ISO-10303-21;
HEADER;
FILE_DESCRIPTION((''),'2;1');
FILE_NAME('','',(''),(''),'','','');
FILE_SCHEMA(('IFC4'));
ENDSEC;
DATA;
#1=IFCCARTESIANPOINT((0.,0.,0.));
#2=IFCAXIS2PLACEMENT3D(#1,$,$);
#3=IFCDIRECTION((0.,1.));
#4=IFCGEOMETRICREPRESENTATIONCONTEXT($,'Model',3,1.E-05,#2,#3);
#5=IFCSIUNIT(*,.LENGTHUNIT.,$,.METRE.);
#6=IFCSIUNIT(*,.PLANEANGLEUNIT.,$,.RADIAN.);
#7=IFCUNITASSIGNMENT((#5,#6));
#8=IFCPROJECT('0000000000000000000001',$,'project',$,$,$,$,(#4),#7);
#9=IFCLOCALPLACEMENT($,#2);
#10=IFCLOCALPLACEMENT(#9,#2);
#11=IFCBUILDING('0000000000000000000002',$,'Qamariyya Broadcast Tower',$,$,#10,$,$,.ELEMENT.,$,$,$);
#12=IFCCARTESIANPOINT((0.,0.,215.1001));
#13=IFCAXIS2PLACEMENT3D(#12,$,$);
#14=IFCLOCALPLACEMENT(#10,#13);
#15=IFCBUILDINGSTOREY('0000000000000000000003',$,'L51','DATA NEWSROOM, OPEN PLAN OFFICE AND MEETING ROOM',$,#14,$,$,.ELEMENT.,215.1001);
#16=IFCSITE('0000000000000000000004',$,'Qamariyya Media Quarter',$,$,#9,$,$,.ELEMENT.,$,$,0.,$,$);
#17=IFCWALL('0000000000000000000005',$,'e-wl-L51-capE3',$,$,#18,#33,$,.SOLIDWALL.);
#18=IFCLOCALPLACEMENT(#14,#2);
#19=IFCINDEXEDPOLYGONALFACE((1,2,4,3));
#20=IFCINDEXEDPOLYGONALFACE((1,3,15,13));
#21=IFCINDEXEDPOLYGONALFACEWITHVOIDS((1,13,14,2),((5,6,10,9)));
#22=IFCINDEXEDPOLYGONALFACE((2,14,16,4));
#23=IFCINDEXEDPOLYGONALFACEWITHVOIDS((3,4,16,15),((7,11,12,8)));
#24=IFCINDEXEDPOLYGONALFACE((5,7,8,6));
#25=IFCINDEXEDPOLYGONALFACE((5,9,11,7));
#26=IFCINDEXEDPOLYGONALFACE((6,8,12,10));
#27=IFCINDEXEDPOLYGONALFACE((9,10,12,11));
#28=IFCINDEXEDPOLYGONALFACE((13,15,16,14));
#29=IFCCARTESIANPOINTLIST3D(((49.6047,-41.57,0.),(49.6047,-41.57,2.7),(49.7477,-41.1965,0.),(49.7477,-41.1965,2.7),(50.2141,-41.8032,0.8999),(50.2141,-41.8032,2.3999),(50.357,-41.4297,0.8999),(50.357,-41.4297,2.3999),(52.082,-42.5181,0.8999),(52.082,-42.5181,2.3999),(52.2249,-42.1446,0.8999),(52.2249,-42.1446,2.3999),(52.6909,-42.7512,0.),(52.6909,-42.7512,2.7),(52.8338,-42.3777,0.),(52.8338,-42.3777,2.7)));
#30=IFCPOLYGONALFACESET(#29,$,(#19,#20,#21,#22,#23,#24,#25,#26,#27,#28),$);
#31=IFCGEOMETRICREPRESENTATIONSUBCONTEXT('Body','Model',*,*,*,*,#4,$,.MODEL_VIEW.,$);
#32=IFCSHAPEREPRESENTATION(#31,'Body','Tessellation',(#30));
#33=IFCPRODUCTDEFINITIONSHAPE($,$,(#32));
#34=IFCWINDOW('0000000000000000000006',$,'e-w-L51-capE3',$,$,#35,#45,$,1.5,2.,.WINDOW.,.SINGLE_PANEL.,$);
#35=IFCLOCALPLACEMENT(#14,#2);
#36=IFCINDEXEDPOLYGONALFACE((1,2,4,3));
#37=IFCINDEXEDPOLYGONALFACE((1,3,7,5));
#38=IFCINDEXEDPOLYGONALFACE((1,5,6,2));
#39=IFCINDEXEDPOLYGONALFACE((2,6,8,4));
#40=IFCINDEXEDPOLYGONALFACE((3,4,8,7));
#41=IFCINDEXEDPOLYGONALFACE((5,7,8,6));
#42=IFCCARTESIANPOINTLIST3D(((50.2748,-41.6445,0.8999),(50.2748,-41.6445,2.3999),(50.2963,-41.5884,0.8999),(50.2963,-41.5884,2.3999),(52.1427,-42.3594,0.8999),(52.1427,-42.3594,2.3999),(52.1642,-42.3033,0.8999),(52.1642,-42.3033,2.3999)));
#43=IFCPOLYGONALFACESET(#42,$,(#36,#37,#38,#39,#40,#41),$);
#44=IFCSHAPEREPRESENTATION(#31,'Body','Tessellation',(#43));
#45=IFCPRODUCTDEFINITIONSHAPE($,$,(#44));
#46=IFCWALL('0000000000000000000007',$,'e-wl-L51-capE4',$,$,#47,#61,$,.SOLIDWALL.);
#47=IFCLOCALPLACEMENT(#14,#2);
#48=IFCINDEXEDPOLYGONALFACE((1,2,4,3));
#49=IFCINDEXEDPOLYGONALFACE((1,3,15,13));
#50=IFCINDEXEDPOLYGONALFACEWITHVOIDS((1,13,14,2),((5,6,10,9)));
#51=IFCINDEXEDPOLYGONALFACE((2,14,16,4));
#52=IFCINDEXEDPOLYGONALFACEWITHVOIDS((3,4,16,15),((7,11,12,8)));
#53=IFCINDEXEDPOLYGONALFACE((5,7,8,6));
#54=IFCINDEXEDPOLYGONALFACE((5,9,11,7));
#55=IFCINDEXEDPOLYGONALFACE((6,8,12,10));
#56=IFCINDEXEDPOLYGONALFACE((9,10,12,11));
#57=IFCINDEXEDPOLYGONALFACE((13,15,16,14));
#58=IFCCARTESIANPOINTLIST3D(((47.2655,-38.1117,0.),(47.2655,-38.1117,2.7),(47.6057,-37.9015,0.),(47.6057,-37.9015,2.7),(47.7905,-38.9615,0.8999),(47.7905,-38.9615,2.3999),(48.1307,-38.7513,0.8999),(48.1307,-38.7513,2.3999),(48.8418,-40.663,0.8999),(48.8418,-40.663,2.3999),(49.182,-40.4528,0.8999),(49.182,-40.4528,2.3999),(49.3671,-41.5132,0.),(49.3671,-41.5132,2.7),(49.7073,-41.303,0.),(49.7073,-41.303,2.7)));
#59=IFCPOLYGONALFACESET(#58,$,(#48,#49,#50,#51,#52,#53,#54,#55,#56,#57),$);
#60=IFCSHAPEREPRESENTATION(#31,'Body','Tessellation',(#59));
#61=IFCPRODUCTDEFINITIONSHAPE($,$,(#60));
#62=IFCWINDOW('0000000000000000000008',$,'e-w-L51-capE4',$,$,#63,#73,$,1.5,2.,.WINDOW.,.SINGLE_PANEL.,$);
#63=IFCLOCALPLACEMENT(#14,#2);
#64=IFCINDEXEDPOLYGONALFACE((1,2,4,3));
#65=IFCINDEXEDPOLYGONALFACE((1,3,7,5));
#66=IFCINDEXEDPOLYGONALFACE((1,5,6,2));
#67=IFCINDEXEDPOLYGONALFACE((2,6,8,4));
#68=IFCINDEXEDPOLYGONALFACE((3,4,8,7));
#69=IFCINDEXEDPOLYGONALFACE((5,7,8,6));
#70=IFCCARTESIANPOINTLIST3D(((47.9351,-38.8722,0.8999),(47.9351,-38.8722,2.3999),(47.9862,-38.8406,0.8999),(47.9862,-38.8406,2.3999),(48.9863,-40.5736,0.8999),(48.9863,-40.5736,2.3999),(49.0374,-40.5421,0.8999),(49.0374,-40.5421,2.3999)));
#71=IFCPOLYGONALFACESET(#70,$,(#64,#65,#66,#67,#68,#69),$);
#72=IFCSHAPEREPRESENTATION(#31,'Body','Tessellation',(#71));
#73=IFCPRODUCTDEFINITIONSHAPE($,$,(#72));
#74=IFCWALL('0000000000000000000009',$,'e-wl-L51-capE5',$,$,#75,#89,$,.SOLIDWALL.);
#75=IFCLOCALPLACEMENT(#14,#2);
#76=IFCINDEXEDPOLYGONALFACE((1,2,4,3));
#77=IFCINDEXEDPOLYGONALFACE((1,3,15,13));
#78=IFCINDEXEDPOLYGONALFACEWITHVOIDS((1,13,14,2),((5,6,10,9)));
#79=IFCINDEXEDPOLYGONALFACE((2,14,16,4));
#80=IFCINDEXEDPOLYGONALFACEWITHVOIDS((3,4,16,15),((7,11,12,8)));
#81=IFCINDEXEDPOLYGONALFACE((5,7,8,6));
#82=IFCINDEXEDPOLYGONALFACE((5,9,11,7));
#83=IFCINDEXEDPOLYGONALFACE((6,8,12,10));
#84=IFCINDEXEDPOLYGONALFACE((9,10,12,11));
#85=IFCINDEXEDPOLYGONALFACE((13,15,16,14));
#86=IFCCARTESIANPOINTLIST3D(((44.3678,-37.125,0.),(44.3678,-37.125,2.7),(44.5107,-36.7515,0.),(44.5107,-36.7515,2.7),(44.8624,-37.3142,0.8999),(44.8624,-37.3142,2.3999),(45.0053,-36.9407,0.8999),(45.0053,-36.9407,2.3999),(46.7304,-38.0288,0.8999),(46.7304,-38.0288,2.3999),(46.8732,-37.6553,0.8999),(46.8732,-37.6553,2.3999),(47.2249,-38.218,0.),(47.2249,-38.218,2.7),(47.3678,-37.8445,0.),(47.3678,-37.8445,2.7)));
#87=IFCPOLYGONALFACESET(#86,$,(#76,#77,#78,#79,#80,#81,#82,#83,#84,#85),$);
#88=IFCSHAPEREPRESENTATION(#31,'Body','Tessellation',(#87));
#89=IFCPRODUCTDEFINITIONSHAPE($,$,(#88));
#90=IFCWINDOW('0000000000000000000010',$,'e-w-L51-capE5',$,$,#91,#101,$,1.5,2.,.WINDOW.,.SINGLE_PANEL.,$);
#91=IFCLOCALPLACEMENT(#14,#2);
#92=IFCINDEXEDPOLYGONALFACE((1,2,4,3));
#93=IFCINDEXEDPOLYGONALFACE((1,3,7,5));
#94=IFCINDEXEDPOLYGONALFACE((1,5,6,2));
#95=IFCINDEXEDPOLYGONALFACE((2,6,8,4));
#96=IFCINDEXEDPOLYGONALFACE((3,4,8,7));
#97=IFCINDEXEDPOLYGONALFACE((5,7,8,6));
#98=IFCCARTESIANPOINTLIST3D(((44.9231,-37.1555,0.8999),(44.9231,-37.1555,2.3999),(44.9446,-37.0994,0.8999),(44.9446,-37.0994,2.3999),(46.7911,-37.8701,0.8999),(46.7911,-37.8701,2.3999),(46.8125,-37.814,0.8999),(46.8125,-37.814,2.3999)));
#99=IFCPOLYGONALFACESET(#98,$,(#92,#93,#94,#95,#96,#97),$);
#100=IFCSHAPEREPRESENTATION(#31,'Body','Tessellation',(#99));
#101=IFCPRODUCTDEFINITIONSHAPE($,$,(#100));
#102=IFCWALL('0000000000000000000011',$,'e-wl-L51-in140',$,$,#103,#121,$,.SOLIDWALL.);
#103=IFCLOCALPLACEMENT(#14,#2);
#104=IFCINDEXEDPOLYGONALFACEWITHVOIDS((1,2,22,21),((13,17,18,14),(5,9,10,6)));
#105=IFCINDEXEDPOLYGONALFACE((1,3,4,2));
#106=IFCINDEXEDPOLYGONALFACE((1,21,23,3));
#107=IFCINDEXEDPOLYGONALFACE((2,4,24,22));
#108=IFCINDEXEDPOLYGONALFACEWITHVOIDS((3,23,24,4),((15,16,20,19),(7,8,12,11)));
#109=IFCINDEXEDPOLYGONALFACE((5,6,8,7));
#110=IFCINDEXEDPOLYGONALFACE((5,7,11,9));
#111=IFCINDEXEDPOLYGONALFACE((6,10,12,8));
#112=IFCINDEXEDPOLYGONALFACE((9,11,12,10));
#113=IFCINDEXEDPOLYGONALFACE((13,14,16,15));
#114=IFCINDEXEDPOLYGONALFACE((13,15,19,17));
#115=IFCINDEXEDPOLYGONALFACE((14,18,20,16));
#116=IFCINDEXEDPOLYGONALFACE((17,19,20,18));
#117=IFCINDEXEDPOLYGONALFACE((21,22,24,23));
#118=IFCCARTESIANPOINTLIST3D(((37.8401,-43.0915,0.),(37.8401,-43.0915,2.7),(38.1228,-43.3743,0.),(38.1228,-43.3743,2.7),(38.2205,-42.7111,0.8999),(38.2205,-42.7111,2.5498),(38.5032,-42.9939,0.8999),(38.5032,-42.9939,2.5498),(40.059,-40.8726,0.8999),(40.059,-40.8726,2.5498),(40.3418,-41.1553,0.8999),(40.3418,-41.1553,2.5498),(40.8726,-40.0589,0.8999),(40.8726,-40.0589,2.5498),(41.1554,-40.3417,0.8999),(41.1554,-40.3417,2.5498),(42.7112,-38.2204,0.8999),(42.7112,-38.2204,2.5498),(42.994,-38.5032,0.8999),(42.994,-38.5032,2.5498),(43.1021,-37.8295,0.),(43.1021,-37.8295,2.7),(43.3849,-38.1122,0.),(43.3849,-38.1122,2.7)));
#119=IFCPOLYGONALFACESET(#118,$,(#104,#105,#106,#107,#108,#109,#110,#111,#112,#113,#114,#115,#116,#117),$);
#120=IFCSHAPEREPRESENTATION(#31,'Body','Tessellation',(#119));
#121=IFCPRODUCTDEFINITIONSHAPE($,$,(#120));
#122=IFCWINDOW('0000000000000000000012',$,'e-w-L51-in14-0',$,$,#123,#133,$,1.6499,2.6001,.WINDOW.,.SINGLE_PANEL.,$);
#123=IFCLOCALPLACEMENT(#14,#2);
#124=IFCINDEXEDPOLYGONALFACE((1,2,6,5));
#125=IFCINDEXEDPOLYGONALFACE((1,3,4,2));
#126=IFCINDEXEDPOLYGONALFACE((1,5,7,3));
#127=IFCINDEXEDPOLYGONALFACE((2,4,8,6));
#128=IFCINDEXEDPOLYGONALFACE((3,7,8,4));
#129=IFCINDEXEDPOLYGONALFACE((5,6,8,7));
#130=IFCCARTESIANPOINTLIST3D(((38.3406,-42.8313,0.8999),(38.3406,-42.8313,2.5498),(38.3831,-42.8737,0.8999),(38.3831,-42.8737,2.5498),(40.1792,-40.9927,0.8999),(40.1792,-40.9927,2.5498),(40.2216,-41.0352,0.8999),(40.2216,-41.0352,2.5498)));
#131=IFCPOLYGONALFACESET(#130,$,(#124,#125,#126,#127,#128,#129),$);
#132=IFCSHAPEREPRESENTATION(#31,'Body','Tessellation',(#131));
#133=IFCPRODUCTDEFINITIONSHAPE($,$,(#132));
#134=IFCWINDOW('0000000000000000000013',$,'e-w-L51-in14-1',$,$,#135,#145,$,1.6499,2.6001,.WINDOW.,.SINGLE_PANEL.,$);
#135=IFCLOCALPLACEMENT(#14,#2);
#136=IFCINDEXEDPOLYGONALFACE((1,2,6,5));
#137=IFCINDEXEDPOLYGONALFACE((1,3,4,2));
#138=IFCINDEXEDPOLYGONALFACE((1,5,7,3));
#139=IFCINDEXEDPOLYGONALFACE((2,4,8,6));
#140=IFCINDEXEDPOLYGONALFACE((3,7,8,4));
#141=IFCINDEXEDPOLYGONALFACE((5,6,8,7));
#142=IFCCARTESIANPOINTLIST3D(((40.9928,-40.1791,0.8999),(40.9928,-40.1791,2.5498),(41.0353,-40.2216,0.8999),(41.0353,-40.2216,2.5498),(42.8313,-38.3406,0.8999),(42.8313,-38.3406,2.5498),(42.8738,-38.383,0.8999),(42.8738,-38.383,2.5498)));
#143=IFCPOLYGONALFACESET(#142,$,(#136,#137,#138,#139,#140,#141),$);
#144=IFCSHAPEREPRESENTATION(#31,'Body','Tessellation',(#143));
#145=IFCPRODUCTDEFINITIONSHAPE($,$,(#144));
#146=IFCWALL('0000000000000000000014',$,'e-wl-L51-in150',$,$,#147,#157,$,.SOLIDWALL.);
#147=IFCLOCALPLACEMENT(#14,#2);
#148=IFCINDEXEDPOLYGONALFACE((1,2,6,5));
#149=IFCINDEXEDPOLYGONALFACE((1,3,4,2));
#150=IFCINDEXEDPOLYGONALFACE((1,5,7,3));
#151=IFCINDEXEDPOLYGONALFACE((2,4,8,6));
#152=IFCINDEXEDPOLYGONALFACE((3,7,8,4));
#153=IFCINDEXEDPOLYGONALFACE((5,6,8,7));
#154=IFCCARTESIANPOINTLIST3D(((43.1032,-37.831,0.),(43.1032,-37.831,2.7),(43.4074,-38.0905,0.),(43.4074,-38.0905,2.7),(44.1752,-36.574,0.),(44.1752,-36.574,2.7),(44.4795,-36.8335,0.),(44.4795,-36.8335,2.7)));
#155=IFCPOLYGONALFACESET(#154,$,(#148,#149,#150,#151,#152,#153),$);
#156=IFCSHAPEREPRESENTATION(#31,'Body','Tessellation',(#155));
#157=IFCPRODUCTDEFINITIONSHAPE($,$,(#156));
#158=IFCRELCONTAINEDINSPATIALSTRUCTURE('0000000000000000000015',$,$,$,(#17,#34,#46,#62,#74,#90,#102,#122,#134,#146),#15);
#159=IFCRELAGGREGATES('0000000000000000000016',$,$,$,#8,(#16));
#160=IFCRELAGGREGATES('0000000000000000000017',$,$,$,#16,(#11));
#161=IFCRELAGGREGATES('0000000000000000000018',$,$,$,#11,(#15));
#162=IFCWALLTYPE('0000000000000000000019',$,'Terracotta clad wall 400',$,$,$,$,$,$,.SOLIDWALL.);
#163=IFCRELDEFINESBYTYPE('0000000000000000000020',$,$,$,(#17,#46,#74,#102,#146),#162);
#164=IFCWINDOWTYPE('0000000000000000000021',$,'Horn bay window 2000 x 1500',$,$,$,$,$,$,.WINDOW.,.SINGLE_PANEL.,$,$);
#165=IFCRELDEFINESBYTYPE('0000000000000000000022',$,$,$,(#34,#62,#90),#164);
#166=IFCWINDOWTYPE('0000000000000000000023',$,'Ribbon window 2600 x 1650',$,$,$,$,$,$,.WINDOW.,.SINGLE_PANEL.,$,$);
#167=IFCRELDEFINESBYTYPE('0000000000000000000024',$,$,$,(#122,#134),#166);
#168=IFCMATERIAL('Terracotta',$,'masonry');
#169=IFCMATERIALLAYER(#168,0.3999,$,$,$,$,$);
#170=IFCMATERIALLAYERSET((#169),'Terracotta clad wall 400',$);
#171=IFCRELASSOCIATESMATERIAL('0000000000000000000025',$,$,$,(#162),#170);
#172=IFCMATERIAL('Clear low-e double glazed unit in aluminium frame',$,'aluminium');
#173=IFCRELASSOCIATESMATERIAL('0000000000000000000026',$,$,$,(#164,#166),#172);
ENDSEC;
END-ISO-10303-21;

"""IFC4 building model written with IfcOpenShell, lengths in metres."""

from ifc_helpers import new_model, si_unit, direction, frame, frame_2d, origin, place, context, subcontext, project, spatial, rectangle, extrude, material, layer, layer_set, type_object, element, fill, save


model = new_model("IFC4")

# Units and contexts
model_context = context("Model", 3, precision=1e-05, world=origin(), true_north=direction((0.0, 1.0)))
body_context = subcontext(model_context, "Body", "Model", "MODEL_VIEW")
ifc_project = project(units=[si_unit("LENGTHUNIT", "METRE"), si_unit("PLANEANGLEUNIT", "RADIAN")], contexts=[model_context])

# Site, building, storey
site_placement = place(None, origin())
site = spatial("IfcSite", under=ifc_project, at=site_placement, Name="Qamariyya Media Quarter", CompositionType="ELEMENT", RefElevation=0.0)
building_placement = place(site_placement, origin())
building = spatial("IfcBuilding", under=site, at=building_placement, Name="Qamariyya Broadcast Tower", CompositionType="ELEMENT")
storey_placement = place(building_placement, frame((0.0, 0.0, 215.1001)))
storey = spatial("IfcBuildingStorey", under=building, at=storey_placement, Name="L51", Description="DATA NEWSROOM, OPEN PLAN OFFICE AND MEETING ROOM", CompositionType="ELEMENT", Elevation=215.1001)

# Walls, openings, windows
ifc_material_1 = material(Name="Terracotta", Category="masonry")
ifc_layer = layer(ifc_material_1, 0.3999)
ifc_layer_set = layer_set([ifc_layer], Name="Terracotta clad wall 400")
wall_type = type_object("IfcWallType", Name="Terracotta clad wall 400", PredefinedType="SOLIDWALL", material=ifc_layer_set)
ifc_material_2 = material(Name="Clear low-e double glazed unit in aluminium frame", Category="aluminium")
window_type_1 = type_object("IfcWindowType", Name="Horn bay window 2000 x 1500", PartitioningType="SINGLE_PANEL", PredefinedType="WINDOW", material=ifc_material_2)
wall_1_placement = place(storey_placement, frame((52.7625, -42.5645, 0.0), z_axis=(0.0, 0.0, 1.0), x_axis=(-0.933937, 0.357439, 0.0)))
wall_1 = element("IfcWall", 1, at=wall_1_placement, inside=storey, type_object=wall_type, Name="e-wl-L51-capE3", PredefinedType="SOLIDWALL", context=body_context, shape_type="SweptSolid", body=[
    extrude(rectangle(XDim=3.3044, YDim=0.3999, at=frame_2d((1.6523, 0.0))), origin(), (0.0, 0.0, 1.0), 2.7),
])
opening_1_placement = place(wall_1_placement, frame((0.6521, 0.0, 0.8999)))
opening_1 = element("IfcOpeningElement", 2, at=opening_1_placement, cuts=wall_1, PredefinedType="OPENING", context=body_context, shape_type="SweptSolid", body=[
    extrude(rectangle(XDim=2.0, YDim=1.5, at=frame_2d((1.0, 0.75))), frame((0.0, 0.21, 0.0), z_axis=(0.0, -1.0, 0.0), x_axis=(1.0, 0.0, 0.0)), (0.0, 0.0, 1.0), 0.4199),
])
window_1_placement = place(opening_1_placement, origin())
window_1 = element("IfcWindow", 3, at=window_1_placement, inside=storey, type_object=window_type_1, Name="e-w-L51-capE3", OverallHeight=1.5, OverallWidth=2.0, PartitioningType="SINGLE_PANEL", PredefinedType="WINDOW", context=body_context, shape_type="SweptSolid", body=[
    extrude(rectangle(XDim=2.0, YDim=1.5, at=frame_2d((1.0, 0.75))), frame((0.0, 0.03, 0.0), z_axis=(0.0, -1.0, 0.0), x_axis=(1.0, 0.0, 0.0)), (0.0, 0.0, 1.0), 0.0601),
])
fill(opening_1, window_1)
wall_2_placement = place(storey_placement, frame((49.5371, -41.408, 0.0), z_axis=(0.0, 0.0, 1.0), x_axis=(-0.525623, 0.850718, 0.0)))
wall_2 = element("IfcWall", 4, at=wall_2_placement, inside=storey, type_object=wall_type, Name="e-wl-L51-capE4", PredefinedType="SOLIDWALL", context=body_context, shape_type="SweptSolid", body=[
    extrude(rectangle(XDim=3.9983, YDim=0.3999, at=frame_2d((1.999, 0.0))), origin(), (0.0, 0.0, 1.0), 2.7),
])
opening_2_placement = place(wall_2_placement, frame((0.9993, 0.0, 0.8999)))
opening_2 = element("IfcOpeningElement", 5, at=opening_2_placement, cuts=wall_2, PredefinedType="OPENING", context=body_context, shape_type="SweptSolid", body=[
    extrude(rectangle(XDim=2.0, YDim=1.5, at=frame_2d((1.0, 0.75))), frame((0.0, 0.21, 0.0), z_axis=(0.0, -1.0, 0.0), x_axis=(1.0, 0.0, 0.0)), (0.0, 0.0, 1.0), 0.4199),
])
window_2_placement = place(opening_2_placement, origin())
window_2 = element("IfcWindow", 6, at=window_2_placement, inside=storey, type_object=window_type_1, Name="e-w-L51-capE4", OverallHeight=1.5, OverallWidth=2.0, PartitioningType="SINGLE_PANEL", PredefinedType="WINDOW", context=body_context, shape_type="SweptSolid", body=[
    extrude(rectangle(XDim=2.0, YDim=1.5, at=frame_2d((1.0, 0.75))), frame((0.0, 0.03, 0.0), z_axis=(0.0, -1.0, 0.0), x_axis=(1.0, 0.0, 0.0)), (0.0, 0.0, 1.0), 0.0601),
])
fill(opening_2, window_2)
wall_3_placement = place(storey_placement, frame((47.2964, -38.0312, 0.0), z_axis=(0.0, 0.0, 1.0), x_axis=(-0.93399, 0.357299, 0.0)))
wall_3 = element("IfcWall", 7, at=wall_3_placement, inside=storey, type_object=wall_type, Name="e-wl-L51-capE5", PredefinedType="SOLIDWALL", context=body_context, shape_type="SweptSolid", body=[
    extrude(rectangle(XDim=3.0591, YDim=0.3999, at=frame_2d((1.5295, 0.0))), origin(), (0.0, 0.0, 1.0), 2.7),
])
opening_3_placement = place(wall_3_placement, frame((0.5295, 0.0, 0.8999)))
opening_3 = element("IfcOpeningElement", 8, at=opening_3_placement, cuts=wall_3, PredefinedType="OPENING", context=body_context, shape_type="SweptSolid", body=[
    extrude(rectangle(XDim=2.0, YDim=1.5, at=frame_2d((1.0, 0.75))), frame((0.0, 0.21, 0.0), z_axis=(0.0, -1.0, 0.0), x_axis=(1.0, 0.0, 0.0)), (0.0, 0.0, 1.0), 0.4199),
])
window_3_placement = place(opening_3_placement, origin())
window_3 = element("IfcWindow", 9, at=window_3_placement, inside=storey, type_object=window_type_1, Name="e-w-L51-capE5", OverallHeight=1.5, OverallWidth=2.0, PartitioningType="SINGLE_PANEL", PredefinedType="WINDOW", context=body_context, shape_type="SweptSolid", body=[
    extrude(rectangle(XDim=2.0, YDim=1.5, at=frame_2d((1.0, 0.75))), frame((0.0, 0.03, 0.0), z_axis=(0.0, -1.0, 0.0), x_axis=(1.0, 0.0, 0.0)), (0.0, 0.0, 1.0), 0.0601),
])
fill(opening_3, window_3)

# Wall, openings, windows
wall_4_placement = place(storey_placement, frame((43.2434, -37.9709, 0.0), z_axis=(0.0, 0.0, 1.0), x_axis=(-0.707107, -0.707107, 0.0)))
wall_4 = element("IfcWall", 10, at=wall_4_placement, inside=storey, type_object=wall_type, Name="e-wl-L51-in140", PredefinedType="SOLIDWALL", context=body_context, shape_type="SweptSolid", body=[
    extrude(rectangle(XDim=7.4417, YDim=0.3999, at=frame_2d((3.7207, 0.0))), origin(), (0.0, 0.0, 1.0), 2.7),
])
opening_4_placement = place(wall_4_placement, frame((4.3035, 0.0, 0.8999)))
opening_4 = element("IfcOpeningElement", 11, at=opening_4_placement, cuts=wall_4, PredefinedType="OPENING", context=body_context, shape_type="SweptSolid", body=[
    extrude(rectangle(XDim=2.6001, YDim=1.6499, at=frame_2d((1.3, 0.825))), frame((0.0, 0.21, 0.0), z_axis=(0.0, -1.0, 0.0), x_axis=(1.0, 0.0, 0.0)), (0.0, 0.0, 1.0), 0.4199),
])
opening_5_placement = place(wall_4_placement, frame((0.5527, 0.0, 0.8999)))
opening_5 = element("IfcOpeningElement", 12, at=opening_5_placement, cuts=wall_4, PredefinedType="OPENING", context=body_context, shape_type="SweptSolid", body=[
    extrude(rectangle(XDim=2.6001, YDim=1.6499, at=frame_2d((1.3, 0.825))), frame((0.0, 0.21, 0.0), z_axis=(0.0, -1.0, 0.0), x_axis=(1.0, 0.0, 0.0)), (0.0, 0.0, 1.0), 0.4199),
])
window_type_2 = type_object("IfcWindowType", Name="Ribbon window 2600 x 1650", PartitioningType="SINGLE_PANEL", PredefinedType="WINDOW", material=ifc_material_2)
window_4_placement = place(opening_4_placement, origin())
window_4 = element("IfcWindow", 13, at=window_4_placement, inside=storey, type_object=window_type_2, Name="e-w-L51-in14-0", OverallHeight=1.6499, OverallWidth=2.6001, PartitioningType="SINGLE_PANEL", PredefinedType="WINDOW", context=body_context, shape_type="SweptSolid", body=[
    extrude(rectangle(XDim=2.6001, YDim=1.6499, at=frame_2d((1.3, 0.825))), frame((0.0, 0.03, 0.0), z_axis=(0.0, -1.0, 0.0), x_axis=(1.0, 0.0, 0.0)), (0.0, 0.0, 1.0), 0.0601),
])
fill(opening_4, window_4)
window_5_placement = place(opening_5_placement, origin())
window_5 = element("IfcWindow", 14, at=window_5_placement, inside=storey, type_object=window_type_2, Name="e-w-L51-in14-1", OverallHeight=1.6499, OverallWidth=2.6001, PartitioningType="SINGLE_PANEL", PredefinedType="WINDOW", context=body_context, shape_type="SweptSolid", body=[
    extrude(rectangle(XDim=2.6001, YDim=1.6499, at=frame_2d((1.3, 0.825))), frame((0.0, 0.03, 0.0), z_axis=(0.0, -1.0, 0.0), x_axis=(1.0, 0.0, 0.0)), (0.0, 0.0, 1.0), 0.0601),
])
fill(opening_5, window_5)

# Wall
wall_5_placement = place(storey_placement, frame((44.3274, -36.7036, 0.0), z_axis=(0.0, 0.0, 1.0), x_axis=(-0.648879, -0.760892, 0.0)))
element("IfcWall", 15, at=wall_5_placement, inside=storey, type_object=wall_type, Name="e-wl-L51-in150", PredefinedType="SOLIDWALL", context=body_context, shape_type="SweptSolid", body=[
    extrude(rectangle(XDim=1.6521, YDim=0.3999, at=frame_2d((0.8262, 0.0))), origin(), (0.0, 0.0, 1.0), 2.7),
])

save(model, "model.ifc")
